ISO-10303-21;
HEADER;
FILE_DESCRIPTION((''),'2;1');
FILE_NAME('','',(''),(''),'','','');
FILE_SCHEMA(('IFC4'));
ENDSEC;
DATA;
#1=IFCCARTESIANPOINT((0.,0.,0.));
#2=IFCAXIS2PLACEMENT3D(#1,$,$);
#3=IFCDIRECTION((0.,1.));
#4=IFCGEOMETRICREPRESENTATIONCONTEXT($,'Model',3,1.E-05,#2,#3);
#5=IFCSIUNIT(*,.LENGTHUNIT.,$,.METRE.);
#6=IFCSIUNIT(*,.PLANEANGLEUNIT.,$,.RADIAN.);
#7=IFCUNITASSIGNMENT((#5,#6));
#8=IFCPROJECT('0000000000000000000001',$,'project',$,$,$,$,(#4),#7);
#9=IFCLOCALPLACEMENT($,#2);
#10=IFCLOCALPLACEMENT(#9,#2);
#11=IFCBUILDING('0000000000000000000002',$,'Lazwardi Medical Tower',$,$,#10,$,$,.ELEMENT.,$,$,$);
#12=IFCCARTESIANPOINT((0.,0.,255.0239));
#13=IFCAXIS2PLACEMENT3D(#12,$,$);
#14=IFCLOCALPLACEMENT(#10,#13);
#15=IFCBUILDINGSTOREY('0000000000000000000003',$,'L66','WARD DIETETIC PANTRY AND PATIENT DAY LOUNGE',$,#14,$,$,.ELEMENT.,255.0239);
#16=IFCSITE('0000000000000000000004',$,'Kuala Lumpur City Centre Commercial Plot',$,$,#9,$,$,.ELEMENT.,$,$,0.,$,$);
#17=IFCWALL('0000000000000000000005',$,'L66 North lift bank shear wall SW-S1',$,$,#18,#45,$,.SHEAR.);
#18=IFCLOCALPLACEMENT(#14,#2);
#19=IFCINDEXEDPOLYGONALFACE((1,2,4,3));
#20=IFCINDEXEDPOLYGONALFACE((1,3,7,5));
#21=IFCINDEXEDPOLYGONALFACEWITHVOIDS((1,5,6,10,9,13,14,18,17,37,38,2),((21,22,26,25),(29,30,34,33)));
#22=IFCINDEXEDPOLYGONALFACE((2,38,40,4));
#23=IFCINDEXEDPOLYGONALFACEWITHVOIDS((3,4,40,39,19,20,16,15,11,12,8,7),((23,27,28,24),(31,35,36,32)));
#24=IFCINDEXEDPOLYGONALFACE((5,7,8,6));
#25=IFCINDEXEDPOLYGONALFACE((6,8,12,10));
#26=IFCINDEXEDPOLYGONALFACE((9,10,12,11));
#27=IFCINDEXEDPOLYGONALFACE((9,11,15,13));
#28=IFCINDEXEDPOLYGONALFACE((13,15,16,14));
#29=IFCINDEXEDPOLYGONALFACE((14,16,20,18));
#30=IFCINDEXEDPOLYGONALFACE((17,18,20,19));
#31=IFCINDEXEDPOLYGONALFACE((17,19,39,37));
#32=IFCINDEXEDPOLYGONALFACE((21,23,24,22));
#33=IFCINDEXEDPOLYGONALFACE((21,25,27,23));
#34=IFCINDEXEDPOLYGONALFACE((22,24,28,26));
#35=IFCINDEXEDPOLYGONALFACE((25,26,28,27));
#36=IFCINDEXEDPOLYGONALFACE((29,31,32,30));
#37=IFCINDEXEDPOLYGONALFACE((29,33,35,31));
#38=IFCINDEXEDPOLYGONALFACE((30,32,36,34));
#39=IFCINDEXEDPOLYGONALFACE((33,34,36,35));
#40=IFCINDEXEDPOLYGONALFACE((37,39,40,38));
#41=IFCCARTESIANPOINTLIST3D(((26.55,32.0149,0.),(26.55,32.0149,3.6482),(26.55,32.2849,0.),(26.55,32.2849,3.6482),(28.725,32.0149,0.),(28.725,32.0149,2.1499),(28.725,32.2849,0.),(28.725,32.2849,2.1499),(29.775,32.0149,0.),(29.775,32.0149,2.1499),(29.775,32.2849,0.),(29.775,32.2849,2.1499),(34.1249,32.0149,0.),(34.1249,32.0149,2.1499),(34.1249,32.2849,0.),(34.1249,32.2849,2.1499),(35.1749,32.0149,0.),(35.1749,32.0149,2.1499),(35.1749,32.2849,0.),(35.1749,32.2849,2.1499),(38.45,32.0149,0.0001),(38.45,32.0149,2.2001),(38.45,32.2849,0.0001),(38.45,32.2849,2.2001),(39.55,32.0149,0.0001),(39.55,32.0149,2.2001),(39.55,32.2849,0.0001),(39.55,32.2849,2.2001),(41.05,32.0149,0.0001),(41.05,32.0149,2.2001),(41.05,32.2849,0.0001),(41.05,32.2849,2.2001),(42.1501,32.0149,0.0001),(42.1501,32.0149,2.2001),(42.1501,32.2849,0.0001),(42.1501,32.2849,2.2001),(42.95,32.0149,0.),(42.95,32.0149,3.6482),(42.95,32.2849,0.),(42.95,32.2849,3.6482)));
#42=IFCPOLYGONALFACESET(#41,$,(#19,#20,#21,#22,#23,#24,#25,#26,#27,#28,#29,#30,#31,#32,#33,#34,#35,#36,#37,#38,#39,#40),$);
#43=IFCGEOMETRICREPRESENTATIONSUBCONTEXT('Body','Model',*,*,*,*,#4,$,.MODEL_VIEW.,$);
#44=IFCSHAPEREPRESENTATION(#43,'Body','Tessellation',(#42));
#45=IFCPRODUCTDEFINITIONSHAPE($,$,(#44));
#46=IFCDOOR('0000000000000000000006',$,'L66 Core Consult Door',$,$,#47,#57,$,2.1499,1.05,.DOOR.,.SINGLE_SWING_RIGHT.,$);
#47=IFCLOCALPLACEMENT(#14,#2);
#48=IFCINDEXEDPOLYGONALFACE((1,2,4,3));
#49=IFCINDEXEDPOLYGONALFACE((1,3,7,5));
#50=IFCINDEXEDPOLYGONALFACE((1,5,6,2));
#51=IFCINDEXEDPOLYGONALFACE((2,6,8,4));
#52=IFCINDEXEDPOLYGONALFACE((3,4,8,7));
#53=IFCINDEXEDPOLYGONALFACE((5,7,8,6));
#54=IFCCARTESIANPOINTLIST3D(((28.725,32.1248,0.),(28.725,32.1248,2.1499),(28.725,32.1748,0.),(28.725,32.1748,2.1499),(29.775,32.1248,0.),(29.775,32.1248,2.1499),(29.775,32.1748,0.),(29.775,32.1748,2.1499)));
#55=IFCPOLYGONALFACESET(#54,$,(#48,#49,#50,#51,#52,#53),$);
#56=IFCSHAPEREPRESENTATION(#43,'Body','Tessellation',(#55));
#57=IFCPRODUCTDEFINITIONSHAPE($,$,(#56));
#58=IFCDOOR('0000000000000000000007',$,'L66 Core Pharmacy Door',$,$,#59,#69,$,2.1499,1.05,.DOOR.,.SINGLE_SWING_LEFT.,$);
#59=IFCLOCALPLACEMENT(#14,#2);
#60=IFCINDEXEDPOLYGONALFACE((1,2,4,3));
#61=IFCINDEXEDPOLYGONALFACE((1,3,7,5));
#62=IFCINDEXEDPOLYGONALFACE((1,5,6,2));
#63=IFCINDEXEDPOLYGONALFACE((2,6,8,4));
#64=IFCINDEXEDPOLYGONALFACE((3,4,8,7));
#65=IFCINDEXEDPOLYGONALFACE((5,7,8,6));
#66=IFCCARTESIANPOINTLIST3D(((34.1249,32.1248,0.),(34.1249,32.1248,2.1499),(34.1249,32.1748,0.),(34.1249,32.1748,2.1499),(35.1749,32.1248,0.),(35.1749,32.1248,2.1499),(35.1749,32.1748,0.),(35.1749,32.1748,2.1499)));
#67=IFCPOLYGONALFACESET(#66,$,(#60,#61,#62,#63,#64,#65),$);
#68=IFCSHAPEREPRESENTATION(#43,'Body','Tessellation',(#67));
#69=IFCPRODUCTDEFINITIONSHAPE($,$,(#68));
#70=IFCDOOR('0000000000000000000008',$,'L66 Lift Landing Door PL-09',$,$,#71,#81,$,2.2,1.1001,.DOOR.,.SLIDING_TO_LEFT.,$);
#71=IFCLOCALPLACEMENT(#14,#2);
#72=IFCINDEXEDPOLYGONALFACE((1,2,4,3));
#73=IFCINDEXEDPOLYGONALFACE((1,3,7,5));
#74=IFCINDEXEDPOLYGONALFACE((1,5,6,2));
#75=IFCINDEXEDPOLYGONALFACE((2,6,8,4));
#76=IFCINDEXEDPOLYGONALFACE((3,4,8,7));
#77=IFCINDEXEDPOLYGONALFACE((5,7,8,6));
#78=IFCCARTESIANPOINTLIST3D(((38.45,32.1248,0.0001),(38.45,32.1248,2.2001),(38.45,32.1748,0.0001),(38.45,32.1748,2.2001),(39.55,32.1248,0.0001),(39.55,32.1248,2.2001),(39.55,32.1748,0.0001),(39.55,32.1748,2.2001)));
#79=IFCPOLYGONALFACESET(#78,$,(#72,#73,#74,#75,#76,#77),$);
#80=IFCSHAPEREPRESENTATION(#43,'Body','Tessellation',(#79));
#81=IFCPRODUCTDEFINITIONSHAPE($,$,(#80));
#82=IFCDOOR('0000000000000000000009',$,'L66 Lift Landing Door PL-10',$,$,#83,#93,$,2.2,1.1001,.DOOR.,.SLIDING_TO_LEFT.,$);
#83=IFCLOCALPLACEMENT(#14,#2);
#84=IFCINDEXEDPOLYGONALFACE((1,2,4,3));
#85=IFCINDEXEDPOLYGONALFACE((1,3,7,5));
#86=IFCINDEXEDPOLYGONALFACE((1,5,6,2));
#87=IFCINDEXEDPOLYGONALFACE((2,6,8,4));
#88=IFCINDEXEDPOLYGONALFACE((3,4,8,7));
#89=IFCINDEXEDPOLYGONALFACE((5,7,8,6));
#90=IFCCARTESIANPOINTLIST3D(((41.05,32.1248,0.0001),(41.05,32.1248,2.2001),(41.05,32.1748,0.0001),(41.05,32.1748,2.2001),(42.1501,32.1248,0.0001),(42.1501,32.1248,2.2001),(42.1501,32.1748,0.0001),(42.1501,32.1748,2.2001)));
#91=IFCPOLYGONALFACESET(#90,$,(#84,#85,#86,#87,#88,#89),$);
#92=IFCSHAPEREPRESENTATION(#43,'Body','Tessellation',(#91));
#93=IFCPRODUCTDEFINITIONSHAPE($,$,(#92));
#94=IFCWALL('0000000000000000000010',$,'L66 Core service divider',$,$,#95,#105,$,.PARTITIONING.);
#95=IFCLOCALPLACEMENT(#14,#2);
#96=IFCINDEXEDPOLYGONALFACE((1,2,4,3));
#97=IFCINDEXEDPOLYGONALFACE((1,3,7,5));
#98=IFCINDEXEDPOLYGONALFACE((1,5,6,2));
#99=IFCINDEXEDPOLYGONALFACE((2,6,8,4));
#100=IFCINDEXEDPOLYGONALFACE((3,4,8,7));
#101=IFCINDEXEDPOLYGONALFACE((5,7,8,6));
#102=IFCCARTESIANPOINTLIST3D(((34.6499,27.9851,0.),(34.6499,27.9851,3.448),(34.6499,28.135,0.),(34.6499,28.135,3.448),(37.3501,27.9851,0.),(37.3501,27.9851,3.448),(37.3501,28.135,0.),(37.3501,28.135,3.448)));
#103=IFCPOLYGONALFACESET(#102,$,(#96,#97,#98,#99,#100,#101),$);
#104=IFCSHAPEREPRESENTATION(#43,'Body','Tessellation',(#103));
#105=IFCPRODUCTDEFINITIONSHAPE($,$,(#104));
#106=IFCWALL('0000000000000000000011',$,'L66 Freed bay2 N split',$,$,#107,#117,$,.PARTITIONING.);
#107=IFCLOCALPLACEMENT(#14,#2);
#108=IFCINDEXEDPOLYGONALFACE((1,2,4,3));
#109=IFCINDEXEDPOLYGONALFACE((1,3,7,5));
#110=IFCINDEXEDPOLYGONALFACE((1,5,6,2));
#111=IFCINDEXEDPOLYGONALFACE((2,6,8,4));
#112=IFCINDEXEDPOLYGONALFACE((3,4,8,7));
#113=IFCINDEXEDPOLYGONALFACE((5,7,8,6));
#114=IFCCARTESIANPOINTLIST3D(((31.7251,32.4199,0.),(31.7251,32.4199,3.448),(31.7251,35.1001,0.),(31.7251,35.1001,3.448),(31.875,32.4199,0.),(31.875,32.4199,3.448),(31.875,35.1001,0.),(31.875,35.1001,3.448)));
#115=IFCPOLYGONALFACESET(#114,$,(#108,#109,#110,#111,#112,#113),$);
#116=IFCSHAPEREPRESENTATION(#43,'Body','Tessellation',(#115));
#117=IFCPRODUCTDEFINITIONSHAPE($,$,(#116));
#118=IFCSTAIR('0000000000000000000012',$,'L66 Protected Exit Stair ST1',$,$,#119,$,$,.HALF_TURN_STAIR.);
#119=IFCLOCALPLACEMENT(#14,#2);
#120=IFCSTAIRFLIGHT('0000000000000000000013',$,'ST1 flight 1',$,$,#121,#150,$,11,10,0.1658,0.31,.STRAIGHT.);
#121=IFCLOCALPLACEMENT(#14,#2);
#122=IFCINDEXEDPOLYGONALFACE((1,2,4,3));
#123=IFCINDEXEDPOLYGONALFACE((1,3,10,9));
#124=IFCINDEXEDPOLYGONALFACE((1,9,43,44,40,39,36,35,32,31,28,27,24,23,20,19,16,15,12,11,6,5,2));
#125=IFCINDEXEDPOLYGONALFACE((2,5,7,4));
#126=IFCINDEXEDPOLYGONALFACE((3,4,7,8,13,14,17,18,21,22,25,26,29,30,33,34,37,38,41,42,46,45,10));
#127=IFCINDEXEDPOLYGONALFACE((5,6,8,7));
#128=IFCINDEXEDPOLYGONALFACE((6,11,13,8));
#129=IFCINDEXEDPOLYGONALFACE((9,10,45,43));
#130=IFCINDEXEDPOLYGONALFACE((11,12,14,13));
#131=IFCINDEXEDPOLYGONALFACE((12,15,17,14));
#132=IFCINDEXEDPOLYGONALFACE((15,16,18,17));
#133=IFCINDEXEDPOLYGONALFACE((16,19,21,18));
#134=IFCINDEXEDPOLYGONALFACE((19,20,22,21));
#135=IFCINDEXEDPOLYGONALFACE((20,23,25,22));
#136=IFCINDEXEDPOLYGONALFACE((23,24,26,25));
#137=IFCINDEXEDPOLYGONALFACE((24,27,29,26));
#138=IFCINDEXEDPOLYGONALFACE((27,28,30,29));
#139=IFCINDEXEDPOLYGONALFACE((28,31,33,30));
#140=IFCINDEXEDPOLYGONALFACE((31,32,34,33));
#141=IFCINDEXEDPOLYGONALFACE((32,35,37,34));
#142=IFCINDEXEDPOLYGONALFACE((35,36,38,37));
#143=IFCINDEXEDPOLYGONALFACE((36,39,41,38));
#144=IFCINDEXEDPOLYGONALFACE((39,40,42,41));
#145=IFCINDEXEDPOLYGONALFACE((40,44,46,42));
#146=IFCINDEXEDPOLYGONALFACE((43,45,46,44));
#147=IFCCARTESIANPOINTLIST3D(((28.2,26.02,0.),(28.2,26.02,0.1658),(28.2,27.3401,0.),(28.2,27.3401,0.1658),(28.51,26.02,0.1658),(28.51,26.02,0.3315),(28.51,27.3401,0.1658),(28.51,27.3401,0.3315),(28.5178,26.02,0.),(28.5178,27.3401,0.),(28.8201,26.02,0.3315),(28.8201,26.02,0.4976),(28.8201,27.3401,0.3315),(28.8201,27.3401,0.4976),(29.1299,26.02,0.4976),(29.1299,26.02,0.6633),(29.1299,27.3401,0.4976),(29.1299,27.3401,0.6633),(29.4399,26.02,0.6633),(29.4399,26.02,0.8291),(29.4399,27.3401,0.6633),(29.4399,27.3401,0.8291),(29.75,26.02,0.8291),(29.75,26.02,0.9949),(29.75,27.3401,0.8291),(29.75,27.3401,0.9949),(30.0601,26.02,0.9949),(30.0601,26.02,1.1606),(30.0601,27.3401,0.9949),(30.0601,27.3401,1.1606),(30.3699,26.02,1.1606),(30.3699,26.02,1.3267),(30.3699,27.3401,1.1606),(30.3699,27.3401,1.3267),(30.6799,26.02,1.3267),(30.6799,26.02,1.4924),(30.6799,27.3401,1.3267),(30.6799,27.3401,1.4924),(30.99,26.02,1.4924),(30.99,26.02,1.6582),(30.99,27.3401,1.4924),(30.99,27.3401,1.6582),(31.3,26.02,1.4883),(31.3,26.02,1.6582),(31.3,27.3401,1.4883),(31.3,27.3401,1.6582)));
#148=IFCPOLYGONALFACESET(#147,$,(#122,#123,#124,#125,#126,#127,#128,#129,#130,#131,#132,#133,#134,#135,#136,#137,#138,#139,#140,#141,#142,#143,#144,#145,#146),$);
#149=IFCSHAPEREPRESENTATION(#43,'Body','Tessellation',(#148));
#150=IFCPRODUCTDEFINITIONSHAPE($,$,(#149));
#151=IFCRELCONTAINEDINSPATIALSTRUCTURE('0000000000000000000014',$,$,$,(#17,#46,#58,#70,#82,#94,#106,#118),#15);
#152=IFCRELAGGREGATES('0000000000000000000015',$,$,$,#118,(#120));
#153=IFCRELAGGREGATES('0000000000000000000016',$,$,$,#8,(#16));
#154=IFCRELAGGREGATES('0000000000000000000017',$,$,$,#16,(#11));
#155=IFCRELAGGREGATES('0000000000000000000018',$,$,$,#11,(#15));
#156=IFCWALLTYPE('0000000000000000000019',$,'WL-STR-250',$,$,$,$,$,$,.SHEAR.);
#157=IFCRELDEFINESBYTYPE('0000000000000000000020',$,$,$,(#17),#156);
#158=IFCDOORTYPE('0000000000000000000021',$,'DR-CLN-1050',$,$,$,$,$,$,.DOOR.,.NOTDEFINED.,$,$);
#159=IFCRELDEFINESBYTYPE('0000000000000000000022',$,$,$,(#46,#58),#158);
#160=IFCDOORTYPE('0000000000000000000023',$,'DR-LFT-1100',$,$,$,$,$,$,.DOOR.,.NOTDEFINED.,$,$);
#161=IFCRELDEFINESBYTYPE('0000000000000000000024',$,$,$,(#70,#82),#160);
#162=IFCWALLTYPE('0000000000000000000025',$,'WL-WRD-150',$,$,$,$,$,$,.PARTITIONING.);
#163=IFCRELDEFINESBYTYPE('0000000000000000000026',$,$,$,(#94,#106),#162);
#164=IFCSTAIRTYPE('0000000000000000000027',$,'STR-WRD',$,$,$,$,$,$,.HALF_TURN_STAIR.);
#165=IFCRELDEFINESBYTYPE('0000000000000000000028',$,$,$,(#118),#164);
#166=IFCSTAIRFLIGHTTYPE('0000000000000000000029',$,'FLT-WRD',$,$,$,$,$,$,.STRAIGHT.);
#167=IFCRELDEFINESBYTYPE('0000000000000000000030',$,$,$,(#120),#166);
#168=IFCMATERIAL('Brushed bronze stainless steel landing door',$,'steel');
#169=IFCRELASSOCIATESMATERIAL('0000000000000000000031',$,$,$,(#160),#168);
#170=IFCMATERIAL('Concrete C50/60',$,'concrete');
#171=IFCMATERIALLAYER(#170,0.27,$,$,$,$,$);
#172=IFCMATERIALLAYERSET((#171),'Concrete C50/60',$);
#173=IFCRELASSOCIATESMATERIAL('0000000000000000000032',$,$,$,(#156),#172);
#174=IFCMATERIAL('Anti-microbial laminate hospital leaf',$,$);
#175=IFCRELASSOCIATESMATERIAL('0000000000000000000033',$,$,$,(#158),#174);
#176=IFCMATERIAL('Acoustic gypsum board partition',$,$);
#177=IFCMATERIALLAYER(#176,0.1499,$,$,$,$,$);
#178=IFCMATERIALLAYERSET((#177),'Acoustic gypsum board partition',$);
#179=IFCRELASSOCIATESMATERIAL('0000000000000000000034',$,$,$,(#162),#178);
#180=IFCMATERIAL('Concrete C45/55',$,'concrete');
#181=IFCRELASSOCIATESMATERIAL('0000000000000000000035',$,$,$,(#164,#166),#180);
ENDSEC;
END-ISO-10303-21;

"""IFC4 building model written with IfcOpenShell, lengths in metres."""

from ifc_helpers import new_model, si_unit, direction, frame, frame_2d, origin, place, context, subcontext, project, spatial, polyline, rectangle, outline, extrude, material, layer, layer_set, type_object, element, fill, aggregate, save


model = new_model("IFC4")

# Units and contexts
model_context = context("Model", 3, precision=1e-05, world=origin(), true_north=direction((0.0, 1.0)))
body_context = subcontext(model_context, "Body", "Model", "MODEL_VIEW")
ifc_project = project(units=[si_unit("LENGTHUNIT", "METRE"), si_unit("PLANEANGLEUNIT", "RADIAN")], contexts=[model_context])

# Site, building, storey
site_placement = place(None, origin())
site = spatial("IfcSite", under=ifc_project, at=site_placement, Name="Kuala Lumpur City Centre Commercial Plot", CompositionType="ELEMENT", RefElevation=0.0)
building_placement = place(site_placement, origin())
building = spatial("IfcBuilding", under=site, at=building_placement, Name="Lazwardi Medical Tower", CompositionType="ELEMENT")
storey_placement = place(building_placement, frame((0.0, 0.0, 255.0239)))
storey = spatial("IfcBuildingStorey", under=building, at=storey_placement, Name="L66", Description="WARD DIETETIC PANTRY AND PATIENT DAY LOUNGE", CompositionType="ELEMENT", Elevation=255.0239)

# Shared definitions
ifc_material_1 = material(Name="Anti-microbial laminate hospital leaf")
ifc_material_2 = material(Name="Brushed bronze stainless steel landing door", Category="steel")
door_type_1 = type_object("IfcDoorType", Name="DR-LFT-1100", OperationType="NOTDEFINED", PredefinedType="DOOR", material=ifc_material_2)

# Shared definitions
ifc_material_3 = material(Name="Concrete C50/60", Category="concrete")
ifc_layer_1 = layer(ifc_material_3, 0.27)
ifc_layer_set_1 = layer_set([ifc_layer_1], Name="Concrete C50/60")
wall_type_1 = type_object("IfcWallType", Name="WL-STR-250", PredefinedType="SHEAR", material=ifc_layer_set_1)

# Shared definitions
door_type_2 = type_object("IfcDoorType", Name="DR-CLN-1050", OperationType="NOTDEFINED", PredefinedType="DOOR", material=ifc_material_1)

# Wall, openings, doors
wall_1_placement = place(storey_placement, frame((26.55, 32.1499, 0.0), z_axis=(0.0, 0.0, 1.0), x_axis=(1.0, 0.0, 0.0)))
wall_1 = element("IfcWall", 1, at=wall_1_placement, inside=storey, type_object=wall_type_1, Name="L66 North lift bank shear wall SW-S1", PredefinedType="SHEAR", context=body_context, shape_type="SweptSolid", body=[
    extrude(rectangle(XDim=16.3999, YDim=0.27, at=frame_2d((8.2, 0.0))), origin(), (0.0, 0.0, 1.0), 3.6482),
])
opening_1_placement = place(wall_1_placement, frame((2.175, 0.0, 0.0)))
opening_1 = element("IfcOpeningElement", 2, at=opening_1_placement, cuts=wall_1, PredefinedType="OPENING", context=body_context, shape_type="SweptSolid", body=[
    extrude(rectangle(XDim=1.05, YDim=2.1499, at=frame_2d((0.5249, 1.075))), frame((0.0, 0.145, 0.0), z_axis=(0.0, -1.0, 0.0), x_axis=(1.0, 0.0, 0.0)), (0.0, 0.0, 1.0), 0.29),
])
opening_2_placement = place(wall_1_placement, frame((7.575, 0.0, 0.0)))
opening_2 = element("IfcOpeningElement", 3, at=opening_2_placement, cuts=wall_1, PredefinedType="OPENING", context=body_context, shape_type="SweptSolid", body=[
    extrude(rectangle(XDim=1.05, YDim=2.1499, at=frame_2d((0.5249, 1.075))), frame((0.0, 0.145, 0.0), z_axis=(0.0, -1.0, 0.0), x_axis=(1.0, 0.0, 0.0)), (0.0, 0.0, 1.0), 0.29),
])
opening_3_placement = place(wall_1_placement, frame((11.8999, 0.0, 0.0)))
opening_3 = element("IfcOpeningElement", 4, at=opening_3_placement, cuts=wall_1, PredefinedType="OPENING", context=body_context, shape_type="SweptSolid", body=[
    extrude(rectangle(XDim=1.1001, YDim=2.2, at=frame_2d((0.55, 1.1001))), frame((0.0, 0.145, 0.0), z_axis=(0.0, -1.0, 0.0), x_axis=(1.0, 0.0, 0.0)), (0.0, 0.0, 1.0), 0.29),
])
opening_4_placement = place(wall_1_placement, frame((14.5, 0.0, 0.0)))
opening_4 = element("IfcOpeningElement", 5, at=opening_4_placement, cuts=wall_1, PredefinedType="OPENING", context=body_context, shape_type="SweptSolid", body=[
    extrude(rectangle(XDim=1.1001, YDim=2.2, at=frame_2d((0.55, 1.1001))), frame((0.0, 0.145, 0.0), z_axis=(0.0, -1.0, 0.0), x_axis=(1.0, 0.0, 0.0)), (0.0, 0.0, 1.0), 0.29),
])
door_1_placement = place(opening_1_placement, origin())
door_1 = element("IfcDoor", 6, at=door_1_placement, inside=storey, type_object=door_type_2, Name="L66 Core Consult Door", OperationType="SINGLE_SWING_RIGHT", OverallHeight=2.1499, OverallWidth=1.05, PredefinedType="DOOR", context=body_context, shape_type="SweptSolid", body=[
    extrude(rectangle(XDim=1.05, YDim=2.1499, at=frame_2d((0.5249, 1.075))), frame((0.0, 0.0249, 0.0), z_axis=(0.0, -1.0, 0.0), x_axis=(1.0, 0.0, 0.0)), (0.0, 0.0, 1.0), 0.05),
])
fill(opening_1, door_1)
door_2_placement = place(opening_2_placement, origin())
door_2 = element("IfcDoor", 7, at=door_2_placement, inside=storey, type_object=door_type_2, Name="L66 Core Pharmacy Door", OperationType="SINGLE_SWING_LEFT", OverallHeight=2.1499, OverallWidth=1.05, PredefinedType="DOOR", context=body_context, shape_type="SweptSolid", body=[
    extrude(rectangle(XDim=1.05, YDim=2.1499, at=frame_2d((0.5249, 1.075))), frame((0.0, 0.0249, 0.0), z_axis=(0.0, -1.0, 0.0), x_axis=(1.0, 0.0, 0.0)), (0.0, 0.0, 1.0), 0.05),
])
fill(opening_2, door_2)
door_3_placement = place(opening_3_placement, origin())
door_3 = element("IfcDoor", 8, at=door_3_placement, inside=storey, type_object=door_type_1, Name="L66 Lift Landing Door PL-09", OperationType="SLIDING_TO_LEFT", OverallHeight=2.2, OverallWidth=1.1001, PredefinedType="DOOR", context=body_context, shape_type="SweptSolid", body=[
    extrude(rectangle(XDim=1.1001, YDim=2.2, at=frame_2d((0.55, 1.1001))), frame((0.0, 0.0249, 0.0), z_axis=(0.0, -1.0, 0.0), x_axis=(1.0, 0.0, 0.0)), (0.0, 0.0, 1.0), 0.05),
])
fill(opening_3, door_3)
door_4_placement = place(opening_4_placement, origin())
door_4 = element("IfcDoor", 9, at=door_4_placement, inside=storey, type_object=door_type_1, Name="L66 Lift Landing Door PL-10", OperationType="SLIDING_TO_LEFT", OverallHeight=2.2, OverallWidth=1.1001, PredefinedType="DOOR", context=body_context, shape_type="SweptSolid", body=[
    extrude(rectangle(XDim=1.1001, YDim=2.2, at=frame_2d((0.55, 1.1001))), frame((0.0, 0.0249, 0.0), z_axis=(0.0, -1.0, 0.0), x_axis=(1.0, 0.0, 0.0)), (0.0, 0.0, 1.0), 0.05),
])
fill(opening_4, door_4)

# Walls
ifc_material_4 = material(Name="Acoustic gypsum board partition")
ifc_layer_2 = layer(ifc_material_4, 0.1499)
ifc_layer_set_2 = layer_set([ifc_layer_2], Name="Acoustic gypsum board partition")
wall_type_2 = type_object("IfcWallType", Name="WL-WRD-150", PredefinedType="PARTITIONING", material=ifc_layer_set_2)
wall_2_placement = place(storey_placement, frame((34.6499, 28.0601, 0.0), z_axis=(0.0, 0.0, 1.0), x_axis=(1.0, 0.0, 0.0)))
element("IfcWall", 10, at=wall_2_placement, inside=storey, type_object=wall_type_2, Name="L66 Core service divider", PredefinedType="PARTITIONING", context=body_context, shape_type="SweptSolid", body=[
    extrude(rectangle(XDim=2.7002, YDim=0.1499, at=frame_2d((1.3501, 0.0))), origin(), (0.0, 0.0, 1.0), 3.448),
])
wall_3_placement = place(storey_placement, frame((31.8, 32.4199, 0.0), z_axis=(0.0, 0.0, 1.0), x_axis=(0.0, 1.0, 0.0)))
element("IfcWall", 11, at=wall_3_placement, inside=storey, type_object=wall_type_2, Name="L66 Freed bay2 N split", PredefinedType="PARTITIONING", context=body_context, shape_type="SweptSolid", body=[
    extrude(rectangle(XDim=2.6802, YDim=0.1499, at=frame_2d((1.3401, 0.0))), origin(), (0.0, 0.0, 1.0), 3.448),
])

# Stair, stair flight
ifc_material_5 = material(Name="Concrete C45/55", Category="concrete")
stair_type = type_object("IfcStairType", Name="STR-WRD", PredefinedType="HALF_TURN_STAIR", material=ifc_material_5)
stair_placement = place(storey_placement, origin())
stair = element("IfcStair", 12, at=stair_placement, inside=storey, type_object=stair_type, Name="L66 Protected Exit Stair ST1", PredefinedType="HALF_TURN_STAIR")
stair_flight_type = type_object("IfcStairFlightType", Name="FLT-WRD", PredefinedType="STRAIGHT", material=ifc_material_5)
stair_flight_1_placement = place(storey_placement, frame((28.2, 26.6799, 0.0), z_axis=(0.0, 0.0, 1.0), x_axis=(1.0, 0.0, 0.0)))
stair_flight_1 = element("IfcStairFlight", 13, at=stair_flight_1_placement, type_object=stair_flight_type, Name="ST1 flight 1", NumberOfRisers=11, NumberOfTreads=10, PredefinedType="STRAIGHT", RiserHeight=0.1658, TreadLength=0.31, context=body_context, shape_type="SweptSolid", body=[
    extrude(outline(polyline([(0.0, 0.0), (0.0, 0.1658), (0.3101, 0.1658), (0.3101, 0.3315), (0.6201, 0.3315), (0.6201, 0.4976), (0.9299, 0.4976), (0.9299, 0.6633), (1.24, 0.6633), (1.24, 0.8291), (1.55, 0.8291), (1.55, 0.9949), (1.8601, 0.9949), (1.8601, 1.1606), (2.1699, 1.1606), (2.1699, 1.3267), (2.48, 1.3267), (2.48, 1.4924), (2.79, 1.4924), (2.79, 1.6582), (3.1001, 1.6582), (3.1001, 1.824), (3.1001, 1.4883), (0.3179, 0.0), (0.0, 0.0)])), frame((0.0, 0.6602, 0.0), z_axis=(0.0, -1.0, 0.0), x_axis=(1.0, 0.0, 0.0)), (0.0, 0.0, 1.0), 1.3201),
])
aggregate(stair, [stair_flight_1])

save(model, "model.ifc")
